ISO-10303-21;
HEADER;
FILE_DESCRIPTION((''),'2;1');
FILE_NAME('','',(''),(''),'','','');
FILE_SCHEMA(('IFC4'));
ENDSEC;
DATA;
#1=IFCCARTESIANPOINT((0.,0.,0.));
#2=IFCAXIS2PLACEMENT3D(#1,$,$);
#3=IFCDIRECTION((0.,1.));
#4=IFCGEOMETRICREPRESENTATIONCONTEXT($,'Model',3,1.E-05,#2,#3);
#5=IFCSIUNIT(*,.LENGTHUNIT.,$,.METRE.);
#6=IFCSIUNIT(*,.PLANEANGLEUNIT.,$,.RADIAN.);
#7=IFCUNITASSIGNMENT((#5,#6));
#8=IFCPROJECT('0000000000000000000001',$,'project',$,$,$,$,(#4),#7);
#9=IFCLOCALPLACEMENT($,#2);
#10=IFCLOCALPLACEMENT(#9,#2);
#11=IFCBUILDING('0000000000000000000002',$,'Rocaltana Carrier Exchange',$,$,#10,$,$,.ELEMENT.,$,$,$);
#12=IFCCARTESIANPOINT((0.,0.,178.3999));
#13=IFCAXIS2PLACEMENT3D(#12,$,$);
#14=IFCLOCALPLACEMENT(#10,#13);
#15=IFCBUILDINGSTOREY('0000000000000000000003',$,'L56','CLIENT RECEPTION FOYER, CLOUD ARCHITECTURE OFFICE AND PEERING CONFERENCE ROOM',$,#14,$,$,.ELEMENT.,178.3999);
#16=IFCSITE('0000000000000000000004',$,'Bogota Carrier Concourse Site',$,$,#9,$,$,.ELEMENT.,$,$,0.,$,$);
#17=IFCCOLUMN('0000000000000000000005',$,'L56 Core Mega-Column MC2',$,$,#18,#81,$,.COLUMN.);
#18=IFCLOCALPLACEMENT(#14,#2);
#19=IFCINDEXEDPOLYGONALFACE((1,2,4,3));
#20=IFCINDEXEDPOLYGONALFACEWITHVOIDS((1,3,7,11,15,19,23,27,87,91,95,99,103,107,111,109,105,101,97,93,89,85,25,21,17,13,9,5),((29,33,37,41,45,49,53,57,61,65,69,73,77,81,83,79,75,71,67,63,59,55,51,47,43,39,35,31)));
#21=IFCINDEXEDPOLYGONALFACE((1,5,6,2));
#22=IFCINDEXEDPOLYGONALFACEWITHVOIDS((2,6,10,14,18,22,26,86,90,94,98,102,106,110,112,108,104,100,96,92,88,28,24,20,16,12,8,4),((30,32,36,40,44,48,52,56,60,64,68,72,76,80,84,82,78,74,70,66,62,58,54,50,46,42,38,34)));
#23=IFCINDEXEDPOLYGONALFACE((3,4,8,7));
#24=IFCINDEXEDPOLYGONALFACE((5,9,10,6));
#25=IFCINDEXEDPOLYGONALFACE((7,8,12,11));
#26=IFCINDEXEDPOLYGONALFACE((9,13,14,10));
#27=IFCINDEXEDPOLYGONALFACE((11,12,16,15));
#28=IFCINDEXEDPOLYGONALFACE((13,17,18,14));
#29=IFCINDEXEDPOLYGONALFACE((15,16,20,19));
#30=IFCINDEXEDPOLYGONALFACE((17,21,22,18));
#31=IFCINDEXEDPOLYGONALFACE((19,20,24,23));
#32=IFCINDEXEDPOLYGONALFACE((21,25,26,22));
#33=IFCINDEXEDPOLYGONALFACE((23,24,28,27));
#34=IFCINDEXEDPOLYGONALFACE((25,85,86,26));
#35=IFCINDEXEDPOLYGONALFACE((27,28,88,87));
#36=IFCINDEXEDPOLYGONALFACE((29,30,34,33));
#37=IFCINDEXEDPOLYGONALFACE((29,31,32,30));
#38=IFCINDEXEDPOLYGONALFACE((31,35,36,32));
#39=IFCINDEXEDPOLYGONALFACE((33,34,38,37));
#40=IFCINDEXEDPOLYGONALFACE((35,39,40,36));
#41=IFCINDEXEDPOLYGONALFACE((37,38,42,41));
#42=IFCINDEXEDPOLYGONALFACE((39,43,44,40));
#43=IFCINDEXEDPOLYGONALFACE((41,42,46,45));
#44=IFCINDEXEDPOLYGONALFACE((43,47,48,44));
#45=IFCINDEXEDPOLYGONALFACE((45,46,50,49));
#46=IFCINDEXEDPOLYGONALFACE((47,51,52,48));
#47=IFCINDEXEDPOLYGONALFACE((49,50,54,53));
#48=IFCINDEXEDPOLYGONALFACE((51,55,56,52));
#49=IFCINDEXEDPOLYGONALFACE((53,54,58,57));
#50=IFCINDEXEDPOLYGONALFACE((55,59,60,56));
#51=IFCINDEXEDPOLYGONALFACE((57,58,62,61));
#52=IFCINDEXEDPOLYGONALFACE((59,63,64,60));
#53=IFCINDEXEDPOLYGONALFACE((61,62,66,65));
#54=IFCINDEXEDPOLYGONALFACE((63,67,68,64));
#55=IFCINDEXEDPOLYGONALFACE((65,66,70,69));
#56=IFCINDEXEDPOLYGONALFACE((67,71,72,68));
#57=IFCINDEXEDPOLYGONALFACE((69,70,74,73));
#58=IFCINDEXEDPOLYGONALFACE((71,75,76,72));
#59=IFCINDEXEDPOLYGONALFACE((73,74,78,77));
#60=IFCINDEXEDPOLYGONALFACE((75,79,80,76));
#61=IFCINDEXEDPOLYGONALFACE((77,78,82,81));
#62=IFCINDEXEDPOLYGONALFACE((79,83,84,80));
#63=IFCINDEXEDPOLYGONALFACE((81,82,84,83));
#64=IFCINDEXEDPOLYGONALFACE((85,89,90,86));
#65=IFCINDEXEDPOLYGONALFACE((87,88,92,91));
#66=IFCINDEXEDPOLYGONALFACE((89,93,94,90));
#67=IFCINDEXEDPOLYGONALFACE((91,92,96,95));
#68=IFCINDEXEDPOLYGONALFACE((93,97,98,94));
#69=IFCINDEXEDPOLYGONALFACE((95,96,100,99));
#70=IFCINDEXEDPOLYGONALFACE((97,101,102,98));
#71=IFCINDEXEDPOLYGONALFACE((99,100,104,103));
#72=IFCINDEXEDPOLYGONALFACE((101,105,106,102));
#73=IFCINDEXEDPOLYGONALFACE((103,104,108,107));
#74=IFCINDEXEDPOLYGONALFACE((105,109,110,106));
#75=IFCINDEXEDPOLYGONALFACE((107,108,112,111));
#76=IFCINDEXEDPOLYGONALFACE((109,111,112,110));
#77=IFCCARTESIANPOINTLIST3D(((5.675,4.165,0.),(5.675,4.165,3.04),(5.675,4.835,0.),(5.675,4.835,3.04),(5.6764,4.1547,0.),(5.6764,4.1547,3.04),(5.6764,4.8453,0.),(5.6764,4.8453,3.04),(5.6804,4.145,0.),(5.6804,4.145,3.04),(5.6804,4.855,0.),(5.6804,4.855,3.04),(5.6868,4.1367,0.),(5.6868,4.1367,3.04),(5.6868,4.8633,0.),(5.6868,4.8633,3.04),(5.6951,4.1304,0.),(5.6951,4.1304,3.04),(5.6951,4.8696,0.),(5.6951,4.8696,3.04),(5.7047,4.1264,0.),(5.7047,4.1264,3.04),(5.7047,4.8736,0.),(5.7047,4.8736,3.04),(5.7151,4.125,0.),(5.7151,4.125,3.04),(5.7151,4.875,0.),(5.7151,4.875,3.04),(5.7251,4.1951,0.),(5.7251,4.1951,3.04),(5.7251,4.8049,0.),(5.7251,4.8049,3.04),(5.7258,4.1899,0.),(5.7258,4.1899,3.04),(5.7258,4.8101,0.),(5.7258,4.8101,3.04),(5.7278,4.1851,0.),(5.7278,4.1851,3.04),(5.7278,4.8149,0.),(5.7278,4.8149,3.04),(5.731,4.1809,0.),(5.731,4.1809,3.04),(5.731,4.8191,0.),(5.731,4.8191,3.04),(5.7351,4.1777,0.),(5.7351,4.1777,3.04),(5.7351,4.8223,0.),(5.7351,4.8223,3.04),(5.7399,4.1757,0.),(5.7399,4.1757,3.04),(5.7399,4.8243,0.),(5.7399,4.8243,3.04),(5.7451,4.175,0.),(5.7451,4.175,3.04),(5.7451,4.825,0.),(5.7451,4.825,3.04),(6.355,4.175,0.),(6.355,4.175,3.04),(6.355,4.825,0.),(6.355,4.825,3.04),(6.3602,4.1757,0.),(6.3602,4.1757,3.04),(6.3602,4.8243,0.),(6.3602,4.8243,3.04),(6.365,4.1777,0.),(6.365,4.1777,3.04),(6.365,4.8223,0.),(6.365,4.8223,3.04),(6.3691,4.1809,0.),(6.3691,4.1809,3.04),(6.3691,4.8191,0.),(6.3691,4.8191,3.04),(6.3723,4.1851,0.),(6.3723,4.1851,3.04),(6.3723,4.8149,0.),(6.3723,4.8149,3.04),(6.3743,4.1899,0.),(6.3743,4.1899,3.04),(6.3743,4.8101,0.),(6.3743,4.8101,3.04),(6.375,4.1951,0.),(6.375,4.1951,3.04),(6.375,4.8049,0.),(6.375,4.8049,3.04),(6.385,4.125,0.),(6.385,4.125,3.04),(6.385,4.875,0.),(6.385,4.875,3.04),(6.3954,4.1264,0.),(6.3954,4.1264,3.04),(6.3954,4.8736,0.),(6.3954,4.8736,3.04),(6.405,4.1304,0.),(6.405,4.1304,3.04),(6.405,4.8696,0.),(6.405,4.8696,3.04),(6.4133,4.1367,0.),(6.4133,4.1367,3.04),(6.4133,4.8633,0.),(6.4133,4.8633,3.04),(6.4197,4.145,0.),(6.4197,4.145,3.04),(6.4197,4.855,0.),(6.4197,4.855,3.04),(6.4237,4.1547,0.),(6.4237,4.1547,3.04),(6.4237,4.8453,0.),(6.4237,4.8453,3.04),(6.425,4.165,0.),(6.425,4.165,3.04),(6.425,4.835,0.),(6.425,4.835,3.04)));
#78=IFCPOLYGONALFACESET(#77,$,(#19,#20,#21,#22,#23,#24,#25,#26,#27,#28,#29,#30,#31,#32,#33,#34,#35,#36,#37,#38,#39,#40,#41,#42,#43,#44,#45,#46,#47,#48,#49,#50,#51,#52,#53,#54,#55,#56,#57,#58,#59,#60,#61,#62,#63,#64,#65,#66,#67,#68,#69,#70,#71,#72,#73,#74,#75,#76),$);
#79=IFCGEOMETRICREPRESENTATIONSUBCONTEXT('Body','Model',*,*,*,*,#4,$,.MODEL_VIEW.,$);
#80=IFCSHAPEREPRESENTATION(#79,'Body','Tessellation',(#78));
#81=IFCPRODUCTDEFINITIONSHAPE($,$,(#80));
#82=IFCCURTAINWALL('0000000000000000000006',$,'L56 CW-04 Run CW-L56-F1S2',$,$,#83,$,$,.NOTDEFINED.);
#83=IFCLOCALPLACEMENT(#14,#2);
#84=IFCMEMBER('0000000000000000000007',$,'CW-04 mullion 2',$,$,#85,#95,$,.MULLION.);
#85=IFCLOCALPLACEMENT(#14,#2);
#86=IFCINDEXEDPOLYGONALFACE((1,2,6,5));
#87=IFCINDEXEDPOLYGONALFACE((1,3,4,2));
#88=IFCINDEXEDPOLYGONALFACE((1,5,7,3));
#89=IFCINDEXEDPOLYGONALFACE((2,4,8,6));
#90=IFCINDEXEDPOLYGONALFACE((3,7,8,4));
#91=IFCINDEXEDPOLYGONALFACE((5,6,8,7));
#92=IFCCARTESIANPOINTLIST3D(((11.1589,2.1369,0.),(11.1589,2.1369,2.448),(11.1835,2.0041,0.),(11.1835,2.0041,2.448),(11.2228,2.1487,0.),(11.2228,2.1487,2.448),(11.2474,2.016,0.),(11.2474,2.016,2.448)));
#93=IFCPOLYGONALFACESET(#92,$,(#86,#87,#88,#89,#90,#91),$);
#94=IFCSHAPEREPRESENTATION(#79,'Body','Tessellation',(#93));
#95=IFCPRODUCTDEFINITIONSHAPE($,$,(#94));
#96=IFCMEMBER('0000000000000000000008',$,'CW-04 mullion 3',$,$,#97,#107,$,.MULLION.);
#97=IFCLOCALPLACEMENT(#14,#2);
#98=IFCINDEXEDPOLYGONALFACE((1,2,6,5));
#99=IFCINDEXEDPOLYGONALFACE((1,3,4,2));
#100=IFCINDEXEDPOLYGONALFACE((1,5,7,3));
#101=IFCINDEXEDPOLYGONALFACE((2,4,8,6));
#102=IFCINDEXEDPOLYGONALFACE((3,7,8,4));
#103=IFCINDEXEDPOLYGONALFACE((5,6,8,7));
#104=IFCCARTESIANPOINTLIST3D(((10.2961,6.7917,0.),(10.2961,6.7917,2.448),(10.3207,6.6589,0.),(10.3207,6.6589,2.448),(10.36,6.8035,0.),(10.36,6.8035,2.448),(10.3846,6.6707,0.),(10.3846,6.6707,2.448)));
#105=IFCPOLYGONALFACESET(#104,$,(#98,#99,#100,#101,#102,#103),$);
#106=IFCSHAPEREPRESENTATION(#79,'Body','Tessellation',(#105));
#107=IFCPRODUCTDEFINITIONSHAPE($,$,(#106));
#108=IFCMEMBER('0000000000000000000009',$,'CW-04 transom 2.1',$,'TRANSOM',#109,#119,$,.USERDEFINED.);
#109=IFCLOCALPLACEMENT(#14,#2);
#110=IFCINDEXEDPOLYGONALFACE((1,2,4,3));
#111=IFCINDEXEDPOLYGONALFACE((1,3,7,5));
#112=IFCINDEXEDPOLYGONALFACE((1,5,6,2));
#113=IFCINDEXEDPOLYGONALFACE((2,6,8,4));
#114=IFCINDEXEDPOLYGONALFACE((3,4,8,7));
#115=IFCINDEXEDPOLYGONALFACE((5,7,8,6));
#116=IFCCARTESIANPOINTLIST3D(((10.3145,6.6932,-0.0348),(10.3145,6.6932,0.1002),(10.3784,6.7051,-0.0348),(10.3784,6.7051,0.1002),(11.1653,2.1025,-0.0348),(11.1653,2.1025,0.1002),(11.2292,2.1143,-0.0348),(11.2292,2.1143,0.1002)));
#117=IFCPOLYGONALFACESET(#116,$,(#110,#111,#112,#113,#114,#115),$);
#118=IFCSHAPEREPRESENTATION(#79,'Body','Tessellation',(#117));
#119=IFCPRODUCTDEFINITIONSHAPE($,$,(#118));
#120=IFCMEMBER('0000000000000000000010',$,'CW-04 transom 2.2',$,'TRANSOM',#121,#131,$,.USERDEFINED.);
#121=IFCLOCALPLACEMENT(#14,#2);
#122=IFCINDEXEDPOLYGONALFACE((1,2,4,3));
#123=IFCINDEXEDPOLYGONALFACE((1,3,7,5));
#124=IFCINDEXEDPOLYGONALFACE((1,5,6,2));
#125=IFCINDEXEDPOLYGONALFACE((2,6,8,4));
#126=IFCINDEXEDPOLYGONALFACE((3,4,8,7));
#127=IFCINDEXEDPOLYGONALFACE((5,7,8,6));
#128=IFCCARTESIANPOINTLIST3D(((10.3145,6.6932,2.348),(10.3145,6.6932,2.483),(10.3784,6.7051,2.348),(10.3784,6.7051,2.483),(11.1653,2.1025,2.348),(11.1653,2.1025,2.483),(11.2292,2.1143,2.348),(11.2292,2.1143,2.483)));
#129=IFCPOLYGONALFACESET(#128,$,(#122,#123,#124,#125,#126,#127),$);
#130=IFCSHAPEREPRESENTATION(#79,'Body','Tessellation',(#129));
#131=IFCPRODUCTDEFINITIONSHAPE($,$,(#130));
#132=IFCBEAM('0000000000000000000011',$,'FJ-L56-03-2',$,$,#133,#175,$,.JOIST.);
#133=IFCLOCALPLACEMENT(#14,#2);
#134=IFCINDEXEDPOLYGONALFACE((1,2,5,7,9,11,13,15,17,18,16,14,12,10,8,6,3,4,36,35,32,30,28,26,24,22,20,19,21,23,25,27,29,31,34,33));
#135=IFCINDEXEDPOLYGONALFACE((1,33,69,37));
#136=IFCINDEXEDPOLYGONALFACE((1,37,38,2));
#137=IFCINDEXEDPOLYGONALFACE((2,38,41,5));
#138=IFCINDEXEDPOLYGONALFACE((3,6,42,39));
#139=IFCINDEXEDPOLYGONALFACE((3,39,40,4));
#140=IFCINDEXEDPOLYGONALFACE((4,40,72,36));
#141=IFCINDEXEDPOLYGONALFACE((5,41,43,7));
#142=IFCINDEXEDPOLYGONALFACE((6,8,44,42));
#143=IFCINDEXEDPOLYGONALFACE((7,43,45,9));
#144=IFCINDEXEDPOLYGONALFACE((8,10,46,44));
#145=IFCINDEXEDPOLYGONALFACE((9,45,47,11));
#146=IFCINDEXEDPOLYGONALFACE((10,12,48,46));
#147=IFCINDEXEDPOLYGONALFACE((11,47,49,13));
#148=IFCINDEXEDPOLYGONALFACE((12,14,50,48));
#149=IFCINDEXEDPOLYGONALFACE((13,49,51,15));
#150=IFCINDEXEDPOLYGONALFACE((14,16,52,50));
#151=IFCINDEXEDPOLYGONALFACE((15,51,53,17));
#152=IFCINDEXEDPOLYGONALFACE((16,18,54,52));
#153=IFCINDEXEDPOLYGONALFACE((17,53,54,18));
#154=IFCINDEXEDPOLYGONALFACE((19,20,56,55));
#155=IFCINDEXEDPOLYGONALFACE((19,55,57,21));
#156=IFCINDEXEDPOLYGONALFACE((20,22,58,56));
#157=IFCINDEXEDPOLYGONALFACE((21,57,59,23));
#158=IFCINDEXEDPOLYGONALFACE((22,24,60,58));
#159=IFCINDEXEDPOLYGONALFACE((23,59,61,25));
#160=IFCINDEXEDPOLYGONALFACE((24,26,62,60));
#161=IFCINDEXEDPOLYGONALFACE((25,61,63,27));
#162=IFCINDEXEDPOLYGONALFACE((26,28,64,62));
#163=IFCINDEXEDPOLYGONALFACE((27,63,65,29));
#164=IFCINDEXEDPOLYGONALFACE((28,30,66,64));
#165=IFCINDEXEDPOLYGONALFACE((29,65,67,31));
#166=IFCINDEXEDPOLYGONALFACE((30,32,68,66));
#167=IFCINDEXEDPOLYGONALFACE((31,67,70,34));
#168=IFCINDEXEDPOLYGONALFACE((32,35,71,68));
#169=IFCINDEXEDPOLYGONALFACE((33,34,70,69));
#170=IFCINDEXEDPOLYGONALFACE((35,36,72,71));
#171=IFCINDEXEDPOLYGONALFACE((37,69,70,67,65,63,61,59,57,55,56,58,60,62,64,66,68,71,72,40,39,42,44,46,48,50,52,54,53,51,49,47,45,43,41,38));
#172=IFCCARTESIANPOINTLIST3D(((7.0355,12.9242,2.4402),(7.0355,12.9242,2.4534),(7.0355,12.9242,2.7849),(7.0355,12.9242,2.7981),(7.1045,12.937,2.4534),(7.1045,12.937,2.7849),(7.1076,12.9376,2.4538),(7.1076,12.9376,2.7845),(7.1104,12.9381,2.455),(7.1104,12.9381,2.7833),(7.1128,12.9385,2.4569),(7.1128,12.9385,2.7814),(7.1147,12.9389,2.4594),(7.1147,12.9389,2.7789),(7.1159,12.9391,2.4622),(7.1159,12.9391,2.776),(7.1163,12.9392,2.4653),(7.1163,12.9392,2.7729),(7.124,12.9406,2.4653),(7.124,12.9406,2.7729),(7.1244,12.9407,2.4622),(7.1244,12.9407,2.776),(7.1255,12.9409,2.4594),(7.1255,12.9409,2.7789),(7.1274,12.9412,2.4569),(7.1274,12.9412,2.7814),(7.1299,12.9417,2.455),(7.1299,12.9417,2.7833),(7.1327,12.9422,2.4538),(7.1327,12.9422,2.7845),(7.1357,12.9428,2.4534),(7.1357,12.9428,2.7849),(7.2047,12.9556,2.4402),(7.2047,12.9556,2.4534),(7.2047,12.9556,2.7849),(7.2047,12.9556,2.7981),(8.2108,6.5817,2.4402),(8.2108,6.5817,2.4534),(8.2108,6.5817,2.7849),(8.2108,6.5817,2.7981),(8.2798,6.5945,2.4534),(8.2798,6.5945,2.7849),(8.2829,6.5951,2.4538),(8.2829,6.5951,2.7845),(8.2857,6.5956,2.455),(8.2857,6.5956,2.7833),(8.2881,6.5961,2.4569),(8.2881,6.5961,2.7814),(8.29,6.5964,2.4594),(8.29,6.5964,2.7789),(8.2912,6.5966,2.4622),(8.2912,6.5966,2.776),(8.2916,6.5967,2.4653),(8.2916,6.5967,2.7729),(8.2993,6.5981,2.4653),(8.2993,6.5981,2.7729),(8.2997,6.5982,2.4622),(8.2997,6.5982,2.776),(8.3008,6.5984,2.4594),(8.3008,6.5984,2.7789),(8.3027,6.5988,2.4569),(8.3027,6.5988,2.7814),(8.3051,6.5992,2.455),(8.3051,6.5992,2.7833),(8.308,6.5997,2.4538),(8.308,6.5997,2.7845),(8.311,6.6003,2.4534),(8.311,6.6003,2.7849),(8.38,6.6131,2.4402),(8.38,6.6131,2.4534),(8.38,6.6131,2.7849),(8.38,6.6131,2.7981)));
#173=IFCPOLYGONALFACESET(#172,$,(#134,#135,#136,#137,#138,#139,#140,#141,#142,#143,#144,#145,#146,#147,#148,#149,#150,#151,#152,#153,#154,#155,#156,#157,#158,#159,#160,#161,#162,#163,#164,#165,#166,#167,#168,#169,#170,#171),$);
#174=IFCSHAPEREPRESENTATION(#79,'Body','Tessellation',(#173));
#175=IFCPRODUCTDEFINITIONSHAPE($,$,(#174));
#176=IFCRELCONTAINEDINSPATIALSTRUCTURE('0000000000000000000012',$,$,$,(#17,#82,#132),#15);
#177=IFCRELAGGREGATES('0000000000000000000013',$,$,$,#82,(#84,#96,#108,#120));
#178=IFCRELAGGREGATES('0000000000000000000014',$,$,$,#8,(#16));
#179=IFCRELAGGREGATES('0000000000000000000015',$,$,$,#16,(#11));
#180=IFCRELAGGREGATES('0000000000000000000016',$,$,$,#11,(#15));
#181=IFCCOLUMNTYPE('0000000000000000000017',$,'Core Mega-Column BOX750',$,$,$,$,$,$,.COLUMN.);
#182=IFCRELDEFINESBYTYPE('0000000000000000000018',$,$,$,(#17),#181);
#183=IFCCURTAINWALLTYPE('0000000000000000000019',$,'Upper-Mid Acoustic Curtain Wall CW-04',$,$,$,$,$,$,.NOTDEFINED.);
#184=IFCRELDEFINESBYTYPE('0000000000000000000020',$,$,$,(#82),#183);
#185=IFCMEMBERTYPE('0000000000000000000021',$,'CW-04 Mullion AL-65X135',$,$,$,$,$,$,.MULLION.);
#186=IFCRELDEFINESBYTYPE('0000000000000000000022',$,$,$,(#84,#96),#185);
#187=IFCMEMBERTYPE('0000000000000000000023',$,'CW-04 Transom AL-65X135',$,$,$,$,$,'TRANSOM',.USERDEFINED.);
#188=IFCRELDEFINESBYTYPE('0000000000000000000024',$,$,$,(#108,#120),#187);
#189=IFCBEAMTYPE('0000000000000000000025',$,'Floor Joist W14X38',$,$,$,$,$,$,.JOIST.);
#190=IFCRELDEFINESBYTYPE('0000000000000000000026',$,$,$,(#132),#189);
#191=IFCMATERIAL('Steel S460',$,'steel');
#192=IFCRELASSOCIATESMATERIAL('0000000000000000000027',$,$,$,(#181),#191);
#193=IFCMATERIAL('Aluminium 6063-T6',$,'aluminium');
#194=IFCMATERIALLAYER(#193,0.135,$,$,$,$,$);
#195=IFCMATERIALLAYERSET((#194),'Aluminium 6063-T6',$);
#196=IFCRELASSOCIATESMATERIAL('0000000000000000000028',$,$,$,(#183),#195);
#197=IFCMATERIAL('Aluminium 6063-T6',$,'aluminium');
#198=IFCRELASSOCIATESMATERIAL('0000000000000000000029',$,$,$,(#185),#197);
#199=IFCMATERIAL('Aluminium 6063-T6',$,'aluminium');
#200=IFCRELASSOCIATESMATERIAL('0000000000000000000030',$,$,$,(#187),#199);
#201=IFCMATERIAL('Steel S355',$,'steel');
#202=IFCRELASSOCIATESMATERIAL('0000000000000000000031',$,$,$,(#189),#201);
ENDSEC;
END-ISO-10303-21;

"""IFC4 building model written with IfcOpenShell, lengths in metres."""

from ifc_helpers import new_model, si_unit, direction, frame, origin, origin_2d, place, context, subcontext, project, spatial, rectangle, hollow_rectangle, i_section, extrude, material, layer, layer_set, material_profile, profile_set, type_object, element, aggregate, save


model = new_model("IFC4")

# Units and contexts
model_context = context("Model", 3, precision=1e-05, world=origin(), true_north=direction((0.0, 1.0)))
body_context = subcontext(model_context, "Body", "Model", "MODEL_VIEW")
ifc_project = project(units=[si_unit("LENGTHUNIT", "METRE"), si_unit("PLANEANGLEUNIT", "RADIAN")], contexts=[model_context])

# Site, building, storey
site_placement = place(None, origin())
site = spatial("IfcSite", under=ifc_project, at=site_placement, Name="Bogota Carrier Concourse Site", CompositionType="ELEMENT", RefElevation=0.0)
building_placement = place(site_placement, origin())
building = spatial("IfcBuilding", under=site, at=building_placement, Name="Rocaltana Carrier Exchange", CompositionType="ELEMENT")
storey_placement = place(building_placement, frame((0.0, 0.0, 178.3999)))
storey = spatial("IfcBuildingStorey", under=building, at=storey_placement, Name="L56", Description="CLIENT RECEPTION FOYER, CLOUD ARCHITECTURE OFFICE AND PEERING CONFERENCE ROOM", CompositionType="ELEMENT", Elevation=178.3999)

# Column
ifc_material_1 = material(Name="Steel S460", Category="steel")
ifc_material_profile_1 = material_profile(ifc_material_1, hollow_rectangle(XDim=0.75, YDim=0.75, WallThickness=0.05, InnerFilletRadius=0.02, OuterFilletRadius=0.04, at=origin_2d()), Name="BOX750X750X50")
ifc_profile_set_1 = profile_set([ifc_material_profile_1], Name="Steel S460")
column_type = type_object("IfcColumnType", Name="Core Mega-Column BOX750", PredefinedType="COLUMN", material=ifc_profile_set_1)
column_placement = place(storey_placement, frame((6.05, 4.5, 0.0), z_axis=(0.0, 0.0, 1.0), x_axis=(1.0, 0.0, 0.0)))
element("IfcColumn", 1, at=column_placement, inside=storey, type_object=column_type, Name="L56 Core Mega-Column MC2", PredefinedType="COLUMN", context=body_context, shape_type="SweptSolid", body=[
    extrude(hollow_rectangle(XDim=0.75, YDim=0.75, WallThickness=0.05, InnerFilletRadius=0.02, OuterFilletRadius=0.04, at=origin_2d()), origin(), (0.0, 0.0, 1.0), 3.04),
])

# Curtain wall, members
ifc_material_2 = material(Name="Aluminium 6063-T6", Category="aluminium")
ifc_layer_1 = layer(ifc_material_2, 0.135)
ifc_layer_set_1 = layer_set([ifc_layer_1], Name="Aluminium 6063-T6")
curtain_wall_type = type_object("IfcCurtainWallType", Name="Upper-Mid Acoustic Curtain Wall CW-04", PredefinedType="NOTDEFINED", material=ifc_layer_set_1)
curtain_wall_placement = place(storey_placement, origin())
curtain_wall = element("IfcCurtainWall", 2, at=curtain_wall_placement, inside=storey, type_object=curtain_wall_type, Name="L56 CW-04 Run CW-L56-F1S2", PredefinedType="NOTDEFINED")
ifc_material_3 = material(Name="Aluminium 6063-T6", Category="aluminium")
ifc_material_profile_2 = material_profile(ifc_material_3, rectangle(XDim=0.0649, YDim=0.135, at=origin_2d()), Name="AL-65X135")
ifc_profile_set_2 = profile_set([ifc_material_profile_2], Name="Aluminium 6063-T6")
member_type_1 = type_object("IfcMemberType", Name="CW-04 Mullion AL-65X135", PredefinedType="MULLION", material=ifc_profile_set_2)
member_1_placement = place(storey_placement, frame((11.2031, 2.0764, 0.0), z_axis=(0.0, 0.0, 1.0), x_axis=(-0.983255, -0.182236, 0.0)))
member_1 = element("IfcMember", 3, at=member_1_placement, type_object=member_type_1, Name="CW-04 mullion 2", PredefinedType="MULLION", context=body_context, shape_type="SweptSolid", body=[
    extrude(rectangle(XDim=0.0649, YDim=0.135, at=origin_2d()), origin(), (0.0, 0.0, 1.0), 2.448),
])
member_2_placement = place(storey_placement, frame((10.3403, 6.7312, 0.0), z_axis=(0.0, 0.0, 1.0), x_axis=(-0.983255, -0.182236, 0.0)))
member_2 = element("IfcMember", 4, at=member_2_placement, type_object=member_type_1, Name="CW-04 mullion 3", PredefinedType="MULLION", context=body_context, shape_type="SweptSolid", body=[
    extrude(rectangle(XDim=0.0649, YDim=0.135, at=origin_2d()), origin(), (0.0, 0.0, 1.0), 2.448),
])
ifc_material_4 = material(Name="Aluminium 6063-T6", Category="aluminium")
ifc_material_profile_3 = material_profile(ifc_material_4, rectangle(XDim=0.0649, YDim=0.135, at=origin_2d()), Name="AL-65X135")
ifc_profile_set_3 = profile_set([ifc_material_profile_3], Name="Aluminium 6063-T6")
member_type_2 = type_object("IfcMemberType", Name="CW-04 Transom AL-65X135", ElementType="TRANSOM", PredefinedType="USERDEFINED", material=ifc_profile_set_3)
member_3_placement = place(storey_placement, frame((11.1973, 2.1084, 0.0327), z_axis=(-0.18223, 0.983256, 0.0), x_axis=(-0.983256, -0.18223, 0.0)))
member_3 = element("IfcMember", 5, at=member_3_placement, type_object=member_type_2, Name="CW-04 transom 2.1", ObjectType="TRANSOM", PredefinedType="USERDEFINED", context=body_context, shape_type="SweptSolid", body=[
    extrude(rectangle(XDim=0.0649, YDim=0.135, at=origin_2d()), origin(), (0.0, 0.0, 1.0), 4.6689),
])
member_4_placement = place(storey_placement, frame((11.1973, 2.1084, 2.4155), z_axis=(-0.18223, 0.983256, 0.0), x_axis=(-0.983256, -0.18223, 0.0)))
member_4 = element("IfcMember", 6, at=member_4_placement, type_object=member_type_2, Name="CW-04 transom 2.2", ObjectType="TRANSOM", PredefinedType="USERDEFINED", context=body_context, shape_type="SweptSolid", body=[
    extrude(rectangle(XDim=0.0649, YDim=0.135, at=origin_2d()), origin(), (0.0, 0.0, 1.0), 4.6689),
])

# Beam
ifc_material_5 = material(Name="Steel S355", Category="steel")
ifc_material_profile_4 = material_profile(ifc_material_5, i_section(OverallWidth=0.1721, OverallDepth=0.3579, WebThickness=0.0078, FlangeThickness=0.0132, FilletRadius=0.012, at=origin_2d()), Name="W14X38")
ifc_profile_set_4 = profile_set([ifc_material_profile_4], Name="Steel S355")
beam_type_1 = type_object("IfcBeamType", Name="Floor Joist W14X38", PredefinedType="JOIST", material=ifc_profile_set_4)
beam_1_placement = place(storey_placement, frame((8.2954, 6.5974, 2.6191), z_axis=(-0.182202, 0.983261, 0.0), x_axis=(-0.983261, -0.182202, 0.0)))
element("IfcBeam", 7, at=beam_1_placement, inside=storey, type_object=beam_type_1, Name="FJ-L56-03-2", PredefinedType="JOIST", context=body_context, shape_type="SweptSolid", body=[
    extrude(i_section(OverallWidth=0.1721, OverallDepth=0.3579, WebThickness=0.0078, FlangeThickness=0.0132, FilletRadius=0.012, at=origin_2d()), origin(), (0.0, 0.0, 1.0), 6.4504),
])

aggregate(curtain_wall, [member_1, member_2, member_3, member_4])

save(model, "model.ifc")
